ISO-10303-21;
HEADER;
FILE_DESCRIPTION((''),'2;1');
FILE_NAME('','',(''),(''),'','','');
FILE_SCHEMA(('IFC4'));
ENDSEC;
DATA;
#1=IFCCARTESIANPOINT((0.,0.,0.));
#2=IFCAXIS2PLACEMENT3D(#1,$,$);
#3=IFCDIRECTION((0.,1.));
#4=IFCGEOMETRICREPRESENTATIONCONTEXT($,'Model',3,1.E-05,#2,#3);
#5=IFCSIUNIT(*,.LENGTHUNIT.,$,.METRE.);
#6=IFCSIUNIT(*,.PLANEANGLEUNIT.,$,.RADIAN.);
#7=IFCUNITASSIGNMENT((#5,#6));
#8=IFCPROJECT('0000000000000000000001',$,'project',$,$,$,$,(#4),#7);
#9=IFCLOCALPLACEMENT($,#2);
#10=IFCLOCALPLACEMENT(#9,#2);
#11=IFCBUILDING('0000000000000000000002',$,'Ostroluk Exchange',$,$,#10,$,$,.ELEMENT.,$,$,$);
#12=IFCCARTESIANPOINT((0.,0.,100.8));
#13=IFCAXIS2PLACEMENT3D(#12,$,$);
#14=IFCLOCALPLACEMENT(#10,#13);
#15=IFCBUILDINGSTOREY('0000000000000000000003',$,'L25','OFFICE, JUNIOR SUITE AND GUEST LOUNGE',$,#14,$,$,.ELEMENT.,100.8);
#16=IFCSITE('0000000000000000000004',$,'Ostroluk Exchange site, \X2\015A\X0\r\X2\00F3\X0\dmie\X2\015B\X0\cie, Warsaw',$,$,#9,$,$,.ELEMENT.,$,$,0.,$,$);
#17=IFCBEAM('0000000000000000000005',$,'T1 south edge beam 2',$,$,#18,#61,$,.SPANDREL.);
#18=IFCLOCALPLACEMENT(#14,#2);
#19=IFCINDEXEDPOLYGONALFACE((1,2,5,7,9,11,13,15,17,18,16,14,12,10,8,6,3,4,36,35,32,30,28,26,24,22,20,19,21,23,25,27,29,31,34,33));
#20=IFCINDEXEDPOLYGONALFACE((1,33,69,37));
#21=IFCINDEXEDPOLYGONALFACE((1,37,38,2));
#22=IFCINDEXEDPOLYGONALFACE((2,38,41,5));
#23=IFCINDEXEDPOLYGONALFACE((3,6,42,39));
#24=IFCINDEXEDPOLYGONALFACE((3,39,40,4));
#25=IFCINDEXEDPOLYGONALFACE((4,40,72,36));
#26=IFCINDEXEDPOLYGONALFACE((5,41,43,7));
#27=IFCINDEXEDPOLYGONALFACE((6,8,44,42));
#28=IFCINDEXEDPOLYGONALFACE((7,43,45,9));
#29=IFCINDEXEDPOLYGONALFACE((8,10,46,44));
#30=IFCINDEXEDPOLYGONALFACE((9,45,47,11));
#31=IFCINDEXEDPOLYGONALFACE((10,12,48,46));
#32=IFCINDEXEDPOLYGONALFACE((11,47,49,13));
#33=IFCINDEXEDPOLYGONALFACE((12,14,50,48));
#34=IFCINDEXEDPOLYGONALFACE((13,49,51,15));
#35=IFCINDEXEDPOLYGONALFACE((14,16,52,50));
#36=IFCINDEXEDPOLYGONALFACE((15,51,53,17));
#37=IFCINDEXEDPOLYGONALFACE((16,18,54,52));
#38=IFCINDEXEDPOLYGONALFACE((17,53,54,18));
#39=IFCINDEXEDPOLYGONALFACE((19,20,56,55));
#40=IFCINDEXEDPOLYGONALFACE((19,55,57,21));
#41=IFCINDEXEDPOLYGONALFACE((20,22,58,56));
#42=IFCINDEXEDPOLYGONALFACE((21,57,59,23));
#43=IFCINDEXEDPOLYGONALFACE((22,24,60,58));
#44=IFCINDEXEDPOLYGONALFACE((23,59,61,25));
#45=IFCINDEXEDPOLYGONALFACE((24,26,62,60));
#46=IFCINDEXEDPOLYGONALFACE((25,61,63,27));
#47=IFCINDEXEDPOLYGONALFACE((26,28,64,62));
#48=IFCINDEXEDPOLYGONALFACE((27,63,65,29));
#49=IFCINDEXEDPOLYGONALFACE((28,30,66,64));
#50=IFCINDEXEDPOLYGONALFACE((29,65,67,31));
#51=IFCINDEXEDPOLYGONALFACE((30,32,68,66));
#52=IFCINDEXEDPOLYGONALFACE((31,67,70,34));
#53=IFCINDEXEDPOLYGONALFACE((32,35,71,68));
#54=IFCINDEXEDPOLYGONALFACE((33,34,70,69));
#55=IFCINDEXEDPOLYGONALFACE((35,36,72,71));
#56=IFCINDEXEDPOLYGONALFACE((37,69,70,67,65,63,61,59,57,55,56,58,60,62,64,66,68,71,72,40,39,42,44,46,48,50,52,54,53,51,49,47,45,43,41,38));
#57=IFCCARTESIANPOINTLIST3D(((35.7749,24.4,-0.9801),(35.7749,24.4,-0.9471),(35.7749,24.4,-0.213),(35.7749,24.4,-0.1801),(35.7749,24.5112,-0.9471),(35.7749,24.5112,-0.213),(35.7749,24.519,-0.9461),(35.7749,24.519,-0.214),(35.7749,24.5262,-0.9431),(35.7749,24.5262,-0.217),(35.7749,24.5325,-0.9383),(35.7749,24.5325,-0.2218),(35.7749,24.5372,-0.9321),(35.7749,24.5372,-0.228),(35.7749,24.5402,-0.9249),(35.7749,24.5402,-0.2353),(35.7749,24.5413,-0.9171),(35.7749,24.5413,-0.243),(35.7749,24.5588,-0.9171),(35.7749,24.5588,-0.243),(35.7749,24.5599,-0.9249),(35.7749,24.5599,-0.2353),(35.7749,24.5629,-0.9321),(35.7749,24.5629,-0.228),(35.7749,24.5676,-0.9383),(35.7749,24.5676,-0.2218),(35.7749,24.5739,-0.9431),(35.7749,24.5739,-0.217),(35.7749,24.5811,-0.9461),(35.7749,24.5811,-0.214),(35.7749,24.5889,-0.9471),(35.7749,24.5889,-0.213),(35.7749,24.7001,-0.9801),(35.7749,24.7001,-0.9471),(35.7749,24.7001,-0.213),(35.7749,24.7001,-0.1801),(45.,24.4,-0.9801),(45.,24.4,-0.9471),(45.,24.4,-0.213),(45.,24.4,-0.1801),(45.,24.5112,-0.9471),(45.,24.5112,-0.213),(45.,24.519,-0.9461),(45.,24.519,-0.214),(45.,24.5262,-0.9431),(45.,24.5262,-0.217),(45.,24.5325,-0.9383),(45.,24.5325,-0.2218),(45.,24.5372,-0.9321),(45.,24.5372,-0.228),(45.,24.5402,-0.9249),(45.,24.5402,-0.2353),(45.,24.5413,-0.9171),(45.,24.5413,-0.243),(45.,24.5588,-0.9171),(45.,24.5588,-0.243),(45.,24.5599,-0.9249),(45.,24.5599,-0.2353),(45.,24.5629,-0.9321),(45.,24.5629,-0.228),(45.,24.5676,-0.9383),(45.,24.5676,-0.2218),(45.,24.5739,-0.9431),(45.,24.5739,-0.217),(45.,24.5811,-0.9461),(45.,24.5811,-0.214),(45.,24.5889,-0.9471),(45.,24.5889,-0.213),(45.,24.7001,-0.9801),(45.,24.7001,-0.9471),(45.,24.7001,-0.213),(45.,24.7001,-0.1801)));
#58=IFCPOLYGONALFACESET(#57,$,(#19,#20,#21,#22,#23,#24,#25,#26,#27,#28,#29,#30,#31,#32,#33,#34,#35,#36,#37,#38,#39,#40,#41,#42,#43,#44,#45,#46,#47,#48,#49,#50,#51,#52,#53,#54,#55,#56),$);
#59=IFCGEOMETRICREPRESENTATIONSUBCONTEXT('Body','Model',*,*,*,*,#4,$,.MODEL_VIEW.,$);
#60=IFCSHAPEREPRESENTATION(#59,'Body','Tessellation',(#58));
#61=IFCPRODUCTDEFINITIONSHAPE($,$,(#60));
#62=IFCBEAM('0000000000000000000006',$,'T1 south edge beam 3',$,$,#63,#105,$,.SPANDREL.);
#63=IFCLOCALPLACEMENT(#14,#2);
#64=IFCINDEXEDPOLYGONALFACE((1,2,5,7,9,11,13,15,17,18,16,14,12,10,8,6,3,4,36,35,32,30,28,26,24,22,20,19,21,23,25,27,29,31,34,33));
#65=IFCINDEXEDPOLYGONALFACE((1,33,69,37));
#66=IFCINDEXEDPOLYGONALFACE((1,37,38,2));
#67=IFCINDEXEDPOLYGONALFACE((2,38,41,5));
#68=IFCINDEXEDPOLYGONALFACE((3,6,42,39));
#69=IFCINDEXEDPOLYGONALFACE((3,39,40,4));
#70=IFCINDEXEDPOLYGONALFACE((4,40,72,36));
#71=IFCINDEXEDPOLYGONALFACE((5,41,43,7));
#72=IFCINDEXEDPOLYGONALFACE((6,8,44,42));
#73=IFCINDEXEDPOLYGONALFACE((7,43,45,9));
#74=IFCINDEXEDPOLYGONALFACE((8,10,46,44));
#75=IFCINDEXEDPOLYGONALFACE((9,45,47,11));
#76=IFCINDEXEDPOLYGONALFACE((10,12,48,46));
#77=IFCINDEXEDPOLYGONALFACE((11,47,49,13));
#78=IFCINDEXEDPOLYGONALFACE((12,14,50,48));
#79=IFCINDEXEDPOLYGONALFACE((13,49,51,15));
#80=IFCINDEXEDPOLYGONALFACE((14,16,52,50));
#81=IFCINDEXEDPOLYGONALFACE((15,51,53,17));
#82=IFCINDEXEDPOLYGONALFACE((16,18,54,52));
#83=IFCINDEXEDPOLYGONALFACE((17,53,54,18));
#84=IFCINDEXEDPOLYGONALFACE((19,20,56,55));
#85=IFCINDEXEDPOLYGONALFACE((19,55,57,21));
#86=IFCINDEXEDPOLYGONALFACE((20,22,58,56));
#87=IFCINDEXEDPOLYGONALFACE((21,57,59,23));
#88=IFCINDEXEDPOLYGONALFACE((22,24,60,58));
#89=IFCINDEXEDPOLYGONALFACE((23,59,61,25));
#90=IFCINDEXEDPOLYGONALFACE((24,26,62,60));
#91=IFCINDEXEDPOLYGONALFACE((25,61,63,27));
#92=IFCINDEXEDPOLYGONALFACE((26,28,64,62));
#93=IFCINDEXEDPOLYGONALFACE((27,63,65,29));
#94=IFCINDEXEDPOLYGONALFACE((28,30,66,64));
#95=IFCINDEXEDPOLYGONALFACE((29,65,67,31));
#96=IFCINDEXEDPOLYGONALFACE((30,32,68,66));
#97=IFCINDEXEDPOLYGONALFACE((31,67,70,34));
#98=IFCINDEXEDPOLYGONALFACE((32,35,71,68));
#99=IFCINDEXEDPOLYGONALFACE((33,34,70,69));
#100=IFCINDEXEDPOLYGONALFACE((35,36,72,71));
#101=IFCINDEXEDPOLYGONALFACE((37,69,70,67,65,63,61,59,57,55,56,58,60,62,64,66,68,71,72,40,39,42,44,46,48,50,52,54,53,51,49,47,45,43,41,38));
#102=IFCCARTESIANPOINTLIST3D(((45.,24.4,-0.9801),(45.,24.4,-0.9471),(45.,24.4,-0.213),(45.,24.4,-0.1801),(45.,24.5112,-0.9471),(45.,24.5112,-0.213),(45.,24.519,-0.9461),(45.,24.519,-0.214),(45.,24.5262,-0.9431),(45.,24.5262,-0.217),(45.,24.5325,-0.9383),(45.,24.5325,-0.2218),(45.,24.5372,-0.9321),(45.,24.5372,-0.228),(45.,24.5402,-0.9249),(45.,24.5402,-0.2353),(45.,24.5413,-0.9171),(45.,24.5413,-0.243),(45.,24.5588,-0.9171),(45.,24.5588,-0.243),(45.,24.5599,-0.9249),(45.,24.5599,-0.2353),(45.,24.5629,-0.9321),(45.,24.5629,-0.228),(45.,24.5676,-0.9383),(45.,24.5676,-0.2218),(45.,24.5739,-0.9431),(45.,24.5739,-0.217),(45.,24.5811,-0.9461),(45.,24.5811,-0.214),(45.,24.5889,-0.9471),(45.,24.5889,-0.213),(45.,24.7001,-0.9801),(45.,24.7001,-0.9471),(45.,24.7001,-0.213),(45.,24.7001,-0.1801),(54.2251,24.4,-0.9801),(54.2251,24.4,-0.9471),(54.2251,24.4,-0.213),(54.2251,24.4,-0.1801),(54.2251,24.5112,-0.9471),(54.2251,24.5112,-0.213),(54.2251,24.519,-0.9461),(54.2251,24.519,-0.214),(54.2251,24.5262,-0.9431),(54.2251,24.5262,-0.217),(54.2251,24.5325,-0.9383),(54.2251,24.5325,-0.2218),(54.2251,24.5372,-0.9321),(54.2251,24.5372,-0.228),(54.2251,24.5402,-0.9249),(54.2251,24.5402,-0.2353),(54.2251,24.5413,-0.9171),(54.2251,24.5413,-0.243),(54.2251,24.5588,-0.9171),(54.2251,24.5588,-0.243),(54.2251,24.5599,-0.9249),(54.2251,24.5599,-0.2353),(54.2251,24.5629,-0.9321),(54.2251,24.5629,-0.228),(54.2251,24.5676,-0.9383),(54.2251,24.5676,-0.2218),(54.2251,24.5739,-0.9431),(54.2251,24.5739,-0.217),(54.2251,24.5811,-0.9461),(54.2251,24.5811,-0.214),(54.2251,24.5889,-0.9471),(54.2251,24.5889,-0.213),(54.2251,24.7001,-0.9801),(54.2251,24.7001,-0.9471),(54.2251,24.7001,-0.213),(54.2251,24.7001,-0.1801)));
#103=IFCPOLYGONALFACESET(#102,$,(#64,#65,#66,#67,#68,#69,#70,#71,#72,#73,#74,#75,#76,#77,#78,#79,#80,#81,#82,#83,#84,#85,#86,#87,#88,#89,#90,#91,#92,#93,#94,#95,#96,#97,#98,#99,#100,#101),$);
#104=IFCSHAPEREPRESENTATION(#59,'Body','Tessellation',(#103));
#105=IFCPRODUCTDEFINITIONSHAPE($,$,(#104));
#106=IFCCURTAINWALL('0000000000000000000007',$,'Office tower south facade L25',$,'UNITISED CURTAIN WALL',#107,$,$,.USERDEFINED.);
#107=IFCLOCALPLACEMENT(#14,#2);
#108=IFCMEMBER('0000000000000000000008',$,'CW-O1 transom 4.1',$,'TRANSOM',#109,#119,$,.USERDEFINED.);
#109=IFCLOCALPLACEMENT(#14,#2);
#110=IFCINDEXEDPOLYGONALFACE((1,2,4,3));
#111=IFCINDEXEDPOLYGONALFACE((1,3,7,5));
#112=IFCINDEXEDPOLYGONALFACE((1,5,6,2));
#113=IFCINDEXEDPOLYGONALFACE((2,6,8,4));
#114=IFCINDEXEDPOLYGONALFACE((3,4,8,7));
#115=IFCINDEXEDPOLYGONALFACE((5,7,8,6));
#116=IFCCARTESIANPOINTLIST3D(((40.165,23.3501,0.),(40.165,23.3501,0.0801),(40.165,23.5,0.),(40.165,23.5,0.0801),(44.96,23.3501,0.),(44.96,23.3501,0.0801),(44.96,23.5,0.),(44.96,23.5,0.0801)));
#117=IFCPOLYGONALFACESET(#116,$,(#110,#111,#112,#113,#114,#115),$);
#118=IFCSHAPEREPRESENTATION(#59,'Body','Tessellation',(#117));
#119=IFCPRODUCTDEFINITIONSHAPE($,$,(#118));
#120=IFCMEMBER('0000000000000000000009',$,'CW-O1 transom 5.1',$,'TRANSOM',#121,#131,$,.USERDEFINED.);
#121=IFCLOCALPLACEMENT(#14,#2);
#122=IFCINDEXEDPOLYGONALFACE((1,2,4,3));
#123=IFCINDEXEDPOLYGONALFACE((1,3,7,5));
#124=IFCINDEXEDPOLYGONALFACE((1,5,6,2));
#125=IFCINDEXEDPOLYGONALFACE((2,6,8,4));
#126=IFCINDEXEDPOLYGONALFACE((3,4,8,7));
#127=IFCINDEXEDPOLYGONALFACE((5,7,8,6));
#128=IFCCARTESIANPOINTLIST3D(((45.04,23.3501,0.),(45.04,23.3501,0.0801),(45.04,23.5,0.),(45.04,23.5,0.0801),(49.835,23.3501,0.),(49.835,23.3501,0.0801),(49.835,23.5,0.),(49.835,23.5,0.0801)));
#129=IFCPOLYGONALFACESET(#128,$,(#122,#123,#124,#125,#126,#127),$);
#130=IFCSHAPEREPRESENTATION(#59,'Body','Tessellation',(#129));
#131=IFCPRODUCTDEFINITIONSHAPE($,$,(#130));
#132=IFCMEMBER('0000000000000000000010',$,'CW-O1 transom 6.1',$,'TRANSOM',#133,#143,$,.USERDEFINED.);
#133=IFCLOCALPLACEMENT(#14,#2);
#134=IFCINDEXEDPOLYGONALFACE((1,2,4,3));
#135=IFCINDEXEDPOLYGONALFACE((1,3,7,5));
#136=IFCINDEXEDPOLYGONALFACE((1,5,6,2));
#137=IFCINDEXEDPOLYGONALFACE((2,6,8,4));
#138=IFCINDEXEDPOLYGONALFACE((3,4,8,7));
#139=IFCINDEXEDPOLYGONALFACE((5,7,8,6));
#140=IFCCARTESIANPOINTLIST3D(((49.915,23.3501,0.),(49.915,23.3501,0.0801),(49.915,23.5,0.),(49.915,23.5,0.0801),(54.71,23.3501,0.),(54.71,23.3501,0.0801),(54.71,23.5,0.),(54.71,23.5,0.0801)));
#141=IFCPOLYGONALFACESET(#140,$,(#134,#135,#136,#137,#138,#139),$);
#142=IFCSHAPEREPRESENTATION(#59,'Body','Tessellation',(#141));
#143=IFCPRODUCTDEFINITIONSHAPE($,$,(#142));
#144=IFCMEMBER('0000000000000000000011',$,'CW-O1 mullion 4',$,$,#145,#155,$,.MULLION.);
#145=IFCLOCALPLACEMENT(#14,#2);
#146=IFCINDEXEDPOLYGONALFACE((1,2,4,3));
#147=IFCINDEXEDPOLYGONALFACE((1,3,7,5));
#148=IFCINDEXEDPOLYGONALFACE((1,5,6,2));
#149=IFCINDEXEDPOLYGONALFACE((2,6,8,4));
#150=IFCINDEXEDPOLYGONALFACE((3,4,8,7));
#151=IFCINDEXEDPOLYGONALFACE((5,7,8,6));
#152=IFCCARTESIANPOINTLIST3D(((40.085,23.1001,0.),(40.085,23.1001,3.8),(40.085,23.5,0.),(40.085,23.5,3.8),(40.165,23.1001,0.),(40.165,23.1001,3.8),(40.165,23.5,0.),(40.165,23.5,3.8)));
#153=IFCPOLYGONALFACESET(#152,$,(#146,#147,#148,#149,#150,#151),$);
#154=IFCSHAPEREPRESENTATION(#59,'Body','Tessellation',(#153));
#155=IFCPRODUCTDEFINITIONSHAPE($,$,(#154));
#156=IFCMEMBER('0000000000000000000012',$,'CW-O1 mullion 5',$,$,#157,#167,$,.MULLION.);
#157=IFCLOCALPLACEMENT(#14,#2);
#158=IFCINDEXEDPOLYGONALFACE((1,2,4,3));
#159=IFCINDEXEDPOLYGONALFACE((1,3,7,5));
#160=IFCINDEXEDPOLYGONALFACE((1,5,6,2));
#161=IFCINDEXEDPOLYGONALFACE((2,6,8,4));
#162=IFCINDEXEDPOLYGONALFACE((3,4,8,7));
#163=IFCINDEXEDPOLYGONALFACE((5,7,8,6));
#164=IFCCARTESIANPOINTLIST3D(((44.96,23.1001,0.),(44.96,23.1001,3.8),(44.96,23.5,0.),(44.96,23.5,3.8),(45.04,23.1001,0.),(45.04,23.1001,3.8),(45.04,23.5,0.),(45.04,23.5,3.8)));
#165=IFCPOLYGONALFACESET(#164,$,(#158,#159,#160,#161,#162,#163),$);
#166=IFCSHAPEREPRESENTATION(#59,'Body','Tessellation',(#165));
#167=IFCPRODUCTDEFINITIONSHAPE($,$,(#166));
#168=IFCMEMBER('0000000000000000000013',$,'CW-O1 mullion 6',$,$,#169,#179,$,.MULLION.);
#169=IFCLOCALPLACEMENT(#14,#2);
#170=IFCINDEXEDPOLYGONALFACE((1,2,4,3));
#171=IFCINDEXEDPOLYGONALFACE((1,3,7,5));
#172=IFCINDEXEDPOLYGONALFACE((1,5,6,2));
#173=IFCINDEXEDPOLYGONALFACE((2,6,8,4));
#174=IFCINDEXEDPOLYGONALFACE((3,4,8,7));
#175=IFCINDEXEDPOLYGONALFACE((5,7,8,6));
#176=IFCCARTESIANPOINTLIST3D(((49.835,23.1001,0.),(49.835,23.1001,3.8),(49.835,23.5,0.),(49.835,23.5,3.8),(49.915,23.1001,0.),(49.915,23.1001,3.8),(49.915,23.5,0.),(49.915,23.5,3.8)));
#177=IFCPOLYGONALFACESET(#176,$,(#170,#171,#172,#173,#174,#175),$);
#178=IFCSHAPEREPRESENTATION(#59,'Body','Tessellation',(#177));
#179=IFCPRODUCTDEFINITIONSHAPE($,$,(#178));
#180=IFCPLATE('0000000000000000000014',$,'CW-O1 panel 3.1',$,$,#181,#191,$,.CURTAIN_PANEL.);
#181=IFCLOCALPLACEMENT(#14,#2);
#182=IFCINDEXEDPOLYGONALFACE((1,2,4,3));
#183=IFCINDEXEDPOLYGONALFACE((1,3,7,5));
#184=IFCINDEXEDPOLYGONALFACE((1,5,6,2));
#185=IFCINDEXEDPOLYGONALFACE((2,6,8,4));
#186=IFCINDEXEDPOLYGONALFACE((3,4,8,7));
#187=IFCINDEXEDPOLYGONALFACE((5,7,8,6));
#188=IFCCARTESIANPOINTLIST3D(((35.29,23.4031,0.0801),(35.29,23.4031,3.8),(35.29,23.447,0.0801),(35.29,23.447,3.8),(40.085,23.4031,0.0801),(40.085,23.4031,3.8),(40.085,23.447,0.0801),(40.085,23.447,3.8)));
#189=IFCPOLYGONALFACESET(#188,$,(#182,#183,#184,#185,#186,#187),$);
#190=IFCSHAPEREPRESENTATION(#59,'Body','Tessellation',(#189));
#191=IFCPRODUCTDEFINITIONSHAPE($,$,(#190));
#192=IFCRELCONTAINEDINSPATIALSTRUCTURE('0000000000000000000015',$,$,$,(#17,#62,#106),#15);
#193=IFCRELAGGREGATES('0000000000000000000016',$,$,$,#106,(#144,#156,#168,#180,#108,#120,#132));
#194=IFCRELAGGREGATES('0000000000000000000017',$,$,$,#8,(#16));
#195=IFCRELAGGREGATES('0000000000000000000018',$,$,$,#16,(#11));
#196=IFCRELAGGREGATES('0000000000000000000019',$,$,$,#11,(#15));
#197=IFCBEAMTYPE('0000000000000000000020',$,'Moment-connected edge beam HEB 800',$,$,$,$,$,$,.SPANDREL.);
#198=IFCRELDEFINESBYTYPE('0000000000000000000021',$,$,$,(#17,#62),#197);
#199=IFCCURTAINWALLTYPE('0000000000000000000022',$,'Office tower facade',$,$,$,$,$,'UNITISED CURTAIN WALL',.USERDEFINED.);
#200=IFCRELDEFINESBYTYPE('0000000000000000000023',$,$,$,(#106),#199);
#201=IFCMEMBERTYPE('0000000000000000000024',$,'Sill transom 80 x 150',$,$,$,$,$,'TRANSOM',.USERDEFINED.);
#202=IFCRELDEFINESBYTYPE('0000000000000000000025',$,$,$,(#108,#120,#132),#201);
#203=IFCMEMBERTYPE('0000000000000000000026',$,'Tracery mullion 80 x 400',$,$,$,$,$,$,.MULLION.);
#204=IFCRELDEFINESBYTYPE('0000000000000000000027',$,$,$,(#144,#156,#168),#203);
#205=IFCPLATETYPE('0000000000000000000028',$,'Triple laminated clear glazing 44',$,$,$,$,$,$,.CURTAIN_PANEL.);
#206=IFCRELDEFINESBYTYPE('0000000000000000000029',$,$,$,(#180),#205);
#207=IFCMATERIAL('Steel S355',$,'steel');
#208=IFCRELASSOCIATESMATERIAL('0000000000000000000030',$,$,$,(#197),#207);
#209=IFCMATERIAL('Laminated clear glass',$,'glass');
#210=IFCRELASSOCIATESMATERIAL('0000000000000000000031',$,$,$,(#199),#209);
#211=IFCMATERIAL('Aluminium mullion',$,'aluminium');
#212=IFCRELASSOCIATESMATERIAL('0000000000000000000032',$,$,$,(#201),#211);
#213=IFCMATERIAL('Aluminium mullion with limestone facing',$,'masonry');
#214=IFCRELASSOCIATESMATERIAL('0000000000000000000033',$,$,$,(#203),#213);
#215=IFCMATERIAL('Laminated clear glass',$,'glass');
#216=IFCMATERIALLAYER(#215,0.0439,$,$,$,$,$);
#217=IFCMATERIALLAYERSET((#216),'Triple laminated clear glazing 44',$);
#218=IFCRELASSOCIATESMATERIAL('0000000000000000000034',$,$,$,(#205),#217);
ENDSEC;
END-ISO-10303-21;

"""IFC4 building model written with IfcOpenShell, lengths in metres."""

from ifc_helpers import new_model, si_unit, direction, frame, origin, origin_2d, place, context, subcontext, project, spatial, rectangle, i_section, extrude, material, layer, layer_set, material_profile, profile_set, type_object, element, aggregate, save


model = new_model("IFC4")

# Units and contexts
model_context = context("Model", 3, precision=1e-05, world=origin(), true_north=direction((0.0, 1.0)))
body_context = subcontext(model_context, "Body", "Model", "MODEL_VIEW")
ifc_project = project(units=[si_unit("LENGTHUNIT", "METRE"), si_unit("PLANEANGLEUNIT", "RADIAN")], contexts=[model_context])

# Site, building, storey
site_placement = place(None, origin())
site = spatial("IfcSite", under=ifc_project, at=site_placement, Name="Ostroluk Exchange site, Śródmieście, Warsaw", CompositionType="ELEMENT", RefElevation=0.0)
building_placement = place(site_placement, origin())
building = spatial("IfcBuilding", under=site, at=building_placement, Name="Ostroluk Exchange", CompositionType="ELEMENT")
storey_placement = place(building_placement, frame((0.0, 0.0, 100.8)))
storey = spatial("IfcBuildingStorey", under=building, at=storey_placement, Name="L25", Description="OFFICE, JUNIOR SUITE AND GUEST LOUNGE", CompositionType="ELEMENT", Elevation=100.8)

# Beams
ifc_material_1 = material(Name="Steel S355", Category="steel")
ifc_material_profile_1 = material_profile(ifc_material_1, i_section(OverallWidth=0.3, OverallDepth=0.8, WebThickness=0.0176, FlangeThickness=0.033, FilletRadius=0.03, at=origin_2d()), Name="HEB 800")
ifc_profile_set_1 = profile_set([ifc_material_profile_1], Name="Steel S355")
beam_type_1 = type_object("IfcBeamType", Name="Moment-connected edge beam HEB 800", PredefinedType="SPANDREL", material=ifc_profile_set_1)
for number, where, z_axis, x_axis, name in (
    (1, (35.7749, 24.55, -0.5801), (1.0, 0.0, 0.0), (0.0, 1.0, 0.0), "T1 south edge beam 2"),
    (2, (45.0, 24.55, -0.5801), (1.0, 0.0, 0.0), (0.0, 1.0, 0.0), "T1 south edge beam 3"),
):
    element("IfcBeam", number, at=place(storey_placement, frame(where, z_axis=z_axis, x_axis=x_axis)), inside=storey, type_object=beam_type_1, Name=name, PredefinedType="SPANDREL", context=body_context, shape_type="SweptSolid", body=[
        extrude(i_section(OverallWidth=0.3, OverallDepth=0.8, WebThickness=0.0176, FlangeThickness=0.033, FilletRadius=0.03, at=origin_2d()), origin(), (0.0, 0.0, 1.0), 9.2251),
    ])

# Curtain wall, members, plate
ifc_material_2 = material(Name="Laminated clear glass", Category="glass")
curtain_wall_type = type_object("IfcCurtainWallType", Name="Office tower facade", ElementType="UNITISED CURTAIN WALL", PredefinedType="USERDEFINED", material=ifc_material_2)
curtain_wall_placement = place(storey_placement, origin())
curtain_wall = element("IfcCurtainWall", 3, at=curtain_wall_placement, inside=storey, type_object=curtain_wall_type, Name="Office tower south facade L25", ObjectType="UNITISED CURTAIN WALL", PredefinedType="USERDEFINED")
ifc_material_3 = material(Name="Aluminium mullion", Category="aluminium")
ifc_material_profile_2 = material_profile(ifc_material_3, rectangle(XDim=0.1499, YDim=0.0801, at=origin_2d()), Name="Sill transom 80 x 150")
ifc_profile_set_2 = profile_set([ifc_material_profile_2], Name="Aluminium mullion")
member_type_1 = type_object("IfcMemberType", Name="Sill transom 80 x 150", ElementType="TRANSOM", PredefinedType="USERDEFINED", material=ifc_profile_set_2)
member_1_placement = place(storey_placement, frame((40.165, 23.425, 0.04), z_axis=(1.0, 0.0, 0.0), x_axis=(0.0, 1.0, 0.0)))
member_1 = element("IfcMember", 4, at=member_1_placement, type_object=member_type_1, Name="CW-O1 transom 4.1", ObjectType="TRANSOM", PredefinedType="USERDEFINED", context=body_context, shape_type="SweptSolid", body=[
    extrude(rectangle(XDim=0.1499, YDim=0.0801, at=origin_2d()), origin(), (0.0, 0.0, 1.0), 4.7949),
])
member_2_placement = place(storey_placement, frame((45.04, 23.425, 0.04), z_axis=(1.0, 0.0, 0.0), x_axis=(0.0, 1.0, 0.0)))
member_2 = element("IfcMember", 5, at=member_2_placement, type_object=member_type_1, Name="CW-O1 transom 5.1", ObjectType="TRANSOM", PredefinedType="USERDEFINED", context=body_context, shape_type="SweptSolid", body=[
    extrude(rectangle(XDim=0.1499, YDim=0.0801, at=origin_2d()), origin(), (0.0, 0.0, 1.0), 4.7949),
])
member_3_placement = place(storey_placement, frame((49.915, 23.425, 0.04), z_axis=(1.0, 0.0, 0.0), x_axis=(0.0, 1.0, 0.0)))
member_3 = element("IfcMember", 6, at=member_3_placement, type_object=member_type_1, Name="CW-O1 transom 6.1", ObjectType="TRANSOM", PredefinedType="USERDEFINED", context=body_context, shape_type="SweptSolid", body=[
    extrude(rectangle(XDim=0.1499, YDim=0.0801, at=origin_2d()), origin(), (0.0, 0.0, 1.0), 4.7949),
])
ifc_material_4 = material(Name="Aluminium mullion with limestone facing", Category="masonry")
ifc_material_profile_3 = material_profile(ifc_material_4, rectangle(XDim=0.3999, YDim=0.0801, at=origin_2d()), Name="Tracery mullion 80 x 400")
ifc_profile_set_3 = profile_set([ifc_material_profile_3], Name="Aluminium mullion with limestone facing")
member_type_2 = type_object("IfcMemberType", Name="Tracery mullion 80 x 400", PredefinedType="MULLION", material=ifc_profile_set_3)
member_4_placement = place(storey_placement, frame((40.125, 23.3, 0.0), z_axis=(0.0, 0.0, 1.0), x_axis=(0.0, 1.0, 0.0)))
member_4 = element("IfcMember", 7, at=member_4_placement, type_object=member_type_2, Name="CW-O1 mullion 4", PredefinedType="MULLION", context=body_context, shape_type="SweptSolid", body=[
    extrude(rectangle(XDim=0.3999, YDim=0.0801, at=origin_2d()), origin(), (0.0, 0.0, 1.0), 3.8),
])
member_5_placement = place(storey_placement, frame((45.0, 23.3, 0.0), z_axis=(0.0, 0.0, 1.0), x_axis=(0.0, 1.0, 0.0)))
member_5 = element("IfcMember", 8, at=member_5_placement, type_object=member_type_2, Name="CW-O1 mullion 5", PredefinedType="MULLION", context=body_context, shape_type="SweptSolid", body=[
    extrude(rectangle(XDim=0.3999, YDim=0.0801, at=origin_2d()), origin(), (0.0, 0.0, 1.0), 3.8),
])
member_6_placement = place(storey_placement, frame((49.875, 23.3, 0.0), z_axis=(0.0, 0.0, 1.0), x_axis=(0.0, 1.0, 0.0)))
member_6 = element("IfcMember", 9, at=member_6_placement, type_object=member_type_2, Name="CW-O1 mullion 6", PredefinedType="MULLION", context=body_context, shape_type="SweptSolid", body=[
    extrude(rectangle(XDim=0.3999, YDim=0.0801, at=origin_2d()), origin(), (0.0, 0.0, 1.0), 3.8),
])
ifc_material_5 = material(Name="Laminated clear glass", Category="glass")
ifc_layer_1 = layer(ifc_material_5, 0.0439)
ifc_layer_set_1 = layer_set([ifc_layer_1], Name="Triple laminated clear glazing 44")
plate_type = type_object("IfcPlateType", Name="Triple laminated clear glazing 44", PredefinedType="CURTAIN_PANEL", material=ifc_layer_set_1)
plate_1_placement = place(storey_placement, frame((37.6875, 23.425, 0.0801), z_axis=(0.0, 0.0, 1.0), x_axis=(1.0, 0.0, 0.0)))
plate_1 = element("IfcPlate", 10, at=plate_1_placement, type_object=plate_type, Name="CW-O1 panel 3.1", PredefinedType="CURTAIN_PANEL", context=body_context, shape_type="SweptSolid", body=[
    extrude(rectangle(XDim=4.7949, YDim=0.0439, at=origin_2d()), origin(), (0.0, 0.0, 1.0), 3.72),
])
aggregate(curtain_wall, [member_4, member_5, member_6, plate_1, member_1, member_2, member_3])

save(model, "model.ifc")
